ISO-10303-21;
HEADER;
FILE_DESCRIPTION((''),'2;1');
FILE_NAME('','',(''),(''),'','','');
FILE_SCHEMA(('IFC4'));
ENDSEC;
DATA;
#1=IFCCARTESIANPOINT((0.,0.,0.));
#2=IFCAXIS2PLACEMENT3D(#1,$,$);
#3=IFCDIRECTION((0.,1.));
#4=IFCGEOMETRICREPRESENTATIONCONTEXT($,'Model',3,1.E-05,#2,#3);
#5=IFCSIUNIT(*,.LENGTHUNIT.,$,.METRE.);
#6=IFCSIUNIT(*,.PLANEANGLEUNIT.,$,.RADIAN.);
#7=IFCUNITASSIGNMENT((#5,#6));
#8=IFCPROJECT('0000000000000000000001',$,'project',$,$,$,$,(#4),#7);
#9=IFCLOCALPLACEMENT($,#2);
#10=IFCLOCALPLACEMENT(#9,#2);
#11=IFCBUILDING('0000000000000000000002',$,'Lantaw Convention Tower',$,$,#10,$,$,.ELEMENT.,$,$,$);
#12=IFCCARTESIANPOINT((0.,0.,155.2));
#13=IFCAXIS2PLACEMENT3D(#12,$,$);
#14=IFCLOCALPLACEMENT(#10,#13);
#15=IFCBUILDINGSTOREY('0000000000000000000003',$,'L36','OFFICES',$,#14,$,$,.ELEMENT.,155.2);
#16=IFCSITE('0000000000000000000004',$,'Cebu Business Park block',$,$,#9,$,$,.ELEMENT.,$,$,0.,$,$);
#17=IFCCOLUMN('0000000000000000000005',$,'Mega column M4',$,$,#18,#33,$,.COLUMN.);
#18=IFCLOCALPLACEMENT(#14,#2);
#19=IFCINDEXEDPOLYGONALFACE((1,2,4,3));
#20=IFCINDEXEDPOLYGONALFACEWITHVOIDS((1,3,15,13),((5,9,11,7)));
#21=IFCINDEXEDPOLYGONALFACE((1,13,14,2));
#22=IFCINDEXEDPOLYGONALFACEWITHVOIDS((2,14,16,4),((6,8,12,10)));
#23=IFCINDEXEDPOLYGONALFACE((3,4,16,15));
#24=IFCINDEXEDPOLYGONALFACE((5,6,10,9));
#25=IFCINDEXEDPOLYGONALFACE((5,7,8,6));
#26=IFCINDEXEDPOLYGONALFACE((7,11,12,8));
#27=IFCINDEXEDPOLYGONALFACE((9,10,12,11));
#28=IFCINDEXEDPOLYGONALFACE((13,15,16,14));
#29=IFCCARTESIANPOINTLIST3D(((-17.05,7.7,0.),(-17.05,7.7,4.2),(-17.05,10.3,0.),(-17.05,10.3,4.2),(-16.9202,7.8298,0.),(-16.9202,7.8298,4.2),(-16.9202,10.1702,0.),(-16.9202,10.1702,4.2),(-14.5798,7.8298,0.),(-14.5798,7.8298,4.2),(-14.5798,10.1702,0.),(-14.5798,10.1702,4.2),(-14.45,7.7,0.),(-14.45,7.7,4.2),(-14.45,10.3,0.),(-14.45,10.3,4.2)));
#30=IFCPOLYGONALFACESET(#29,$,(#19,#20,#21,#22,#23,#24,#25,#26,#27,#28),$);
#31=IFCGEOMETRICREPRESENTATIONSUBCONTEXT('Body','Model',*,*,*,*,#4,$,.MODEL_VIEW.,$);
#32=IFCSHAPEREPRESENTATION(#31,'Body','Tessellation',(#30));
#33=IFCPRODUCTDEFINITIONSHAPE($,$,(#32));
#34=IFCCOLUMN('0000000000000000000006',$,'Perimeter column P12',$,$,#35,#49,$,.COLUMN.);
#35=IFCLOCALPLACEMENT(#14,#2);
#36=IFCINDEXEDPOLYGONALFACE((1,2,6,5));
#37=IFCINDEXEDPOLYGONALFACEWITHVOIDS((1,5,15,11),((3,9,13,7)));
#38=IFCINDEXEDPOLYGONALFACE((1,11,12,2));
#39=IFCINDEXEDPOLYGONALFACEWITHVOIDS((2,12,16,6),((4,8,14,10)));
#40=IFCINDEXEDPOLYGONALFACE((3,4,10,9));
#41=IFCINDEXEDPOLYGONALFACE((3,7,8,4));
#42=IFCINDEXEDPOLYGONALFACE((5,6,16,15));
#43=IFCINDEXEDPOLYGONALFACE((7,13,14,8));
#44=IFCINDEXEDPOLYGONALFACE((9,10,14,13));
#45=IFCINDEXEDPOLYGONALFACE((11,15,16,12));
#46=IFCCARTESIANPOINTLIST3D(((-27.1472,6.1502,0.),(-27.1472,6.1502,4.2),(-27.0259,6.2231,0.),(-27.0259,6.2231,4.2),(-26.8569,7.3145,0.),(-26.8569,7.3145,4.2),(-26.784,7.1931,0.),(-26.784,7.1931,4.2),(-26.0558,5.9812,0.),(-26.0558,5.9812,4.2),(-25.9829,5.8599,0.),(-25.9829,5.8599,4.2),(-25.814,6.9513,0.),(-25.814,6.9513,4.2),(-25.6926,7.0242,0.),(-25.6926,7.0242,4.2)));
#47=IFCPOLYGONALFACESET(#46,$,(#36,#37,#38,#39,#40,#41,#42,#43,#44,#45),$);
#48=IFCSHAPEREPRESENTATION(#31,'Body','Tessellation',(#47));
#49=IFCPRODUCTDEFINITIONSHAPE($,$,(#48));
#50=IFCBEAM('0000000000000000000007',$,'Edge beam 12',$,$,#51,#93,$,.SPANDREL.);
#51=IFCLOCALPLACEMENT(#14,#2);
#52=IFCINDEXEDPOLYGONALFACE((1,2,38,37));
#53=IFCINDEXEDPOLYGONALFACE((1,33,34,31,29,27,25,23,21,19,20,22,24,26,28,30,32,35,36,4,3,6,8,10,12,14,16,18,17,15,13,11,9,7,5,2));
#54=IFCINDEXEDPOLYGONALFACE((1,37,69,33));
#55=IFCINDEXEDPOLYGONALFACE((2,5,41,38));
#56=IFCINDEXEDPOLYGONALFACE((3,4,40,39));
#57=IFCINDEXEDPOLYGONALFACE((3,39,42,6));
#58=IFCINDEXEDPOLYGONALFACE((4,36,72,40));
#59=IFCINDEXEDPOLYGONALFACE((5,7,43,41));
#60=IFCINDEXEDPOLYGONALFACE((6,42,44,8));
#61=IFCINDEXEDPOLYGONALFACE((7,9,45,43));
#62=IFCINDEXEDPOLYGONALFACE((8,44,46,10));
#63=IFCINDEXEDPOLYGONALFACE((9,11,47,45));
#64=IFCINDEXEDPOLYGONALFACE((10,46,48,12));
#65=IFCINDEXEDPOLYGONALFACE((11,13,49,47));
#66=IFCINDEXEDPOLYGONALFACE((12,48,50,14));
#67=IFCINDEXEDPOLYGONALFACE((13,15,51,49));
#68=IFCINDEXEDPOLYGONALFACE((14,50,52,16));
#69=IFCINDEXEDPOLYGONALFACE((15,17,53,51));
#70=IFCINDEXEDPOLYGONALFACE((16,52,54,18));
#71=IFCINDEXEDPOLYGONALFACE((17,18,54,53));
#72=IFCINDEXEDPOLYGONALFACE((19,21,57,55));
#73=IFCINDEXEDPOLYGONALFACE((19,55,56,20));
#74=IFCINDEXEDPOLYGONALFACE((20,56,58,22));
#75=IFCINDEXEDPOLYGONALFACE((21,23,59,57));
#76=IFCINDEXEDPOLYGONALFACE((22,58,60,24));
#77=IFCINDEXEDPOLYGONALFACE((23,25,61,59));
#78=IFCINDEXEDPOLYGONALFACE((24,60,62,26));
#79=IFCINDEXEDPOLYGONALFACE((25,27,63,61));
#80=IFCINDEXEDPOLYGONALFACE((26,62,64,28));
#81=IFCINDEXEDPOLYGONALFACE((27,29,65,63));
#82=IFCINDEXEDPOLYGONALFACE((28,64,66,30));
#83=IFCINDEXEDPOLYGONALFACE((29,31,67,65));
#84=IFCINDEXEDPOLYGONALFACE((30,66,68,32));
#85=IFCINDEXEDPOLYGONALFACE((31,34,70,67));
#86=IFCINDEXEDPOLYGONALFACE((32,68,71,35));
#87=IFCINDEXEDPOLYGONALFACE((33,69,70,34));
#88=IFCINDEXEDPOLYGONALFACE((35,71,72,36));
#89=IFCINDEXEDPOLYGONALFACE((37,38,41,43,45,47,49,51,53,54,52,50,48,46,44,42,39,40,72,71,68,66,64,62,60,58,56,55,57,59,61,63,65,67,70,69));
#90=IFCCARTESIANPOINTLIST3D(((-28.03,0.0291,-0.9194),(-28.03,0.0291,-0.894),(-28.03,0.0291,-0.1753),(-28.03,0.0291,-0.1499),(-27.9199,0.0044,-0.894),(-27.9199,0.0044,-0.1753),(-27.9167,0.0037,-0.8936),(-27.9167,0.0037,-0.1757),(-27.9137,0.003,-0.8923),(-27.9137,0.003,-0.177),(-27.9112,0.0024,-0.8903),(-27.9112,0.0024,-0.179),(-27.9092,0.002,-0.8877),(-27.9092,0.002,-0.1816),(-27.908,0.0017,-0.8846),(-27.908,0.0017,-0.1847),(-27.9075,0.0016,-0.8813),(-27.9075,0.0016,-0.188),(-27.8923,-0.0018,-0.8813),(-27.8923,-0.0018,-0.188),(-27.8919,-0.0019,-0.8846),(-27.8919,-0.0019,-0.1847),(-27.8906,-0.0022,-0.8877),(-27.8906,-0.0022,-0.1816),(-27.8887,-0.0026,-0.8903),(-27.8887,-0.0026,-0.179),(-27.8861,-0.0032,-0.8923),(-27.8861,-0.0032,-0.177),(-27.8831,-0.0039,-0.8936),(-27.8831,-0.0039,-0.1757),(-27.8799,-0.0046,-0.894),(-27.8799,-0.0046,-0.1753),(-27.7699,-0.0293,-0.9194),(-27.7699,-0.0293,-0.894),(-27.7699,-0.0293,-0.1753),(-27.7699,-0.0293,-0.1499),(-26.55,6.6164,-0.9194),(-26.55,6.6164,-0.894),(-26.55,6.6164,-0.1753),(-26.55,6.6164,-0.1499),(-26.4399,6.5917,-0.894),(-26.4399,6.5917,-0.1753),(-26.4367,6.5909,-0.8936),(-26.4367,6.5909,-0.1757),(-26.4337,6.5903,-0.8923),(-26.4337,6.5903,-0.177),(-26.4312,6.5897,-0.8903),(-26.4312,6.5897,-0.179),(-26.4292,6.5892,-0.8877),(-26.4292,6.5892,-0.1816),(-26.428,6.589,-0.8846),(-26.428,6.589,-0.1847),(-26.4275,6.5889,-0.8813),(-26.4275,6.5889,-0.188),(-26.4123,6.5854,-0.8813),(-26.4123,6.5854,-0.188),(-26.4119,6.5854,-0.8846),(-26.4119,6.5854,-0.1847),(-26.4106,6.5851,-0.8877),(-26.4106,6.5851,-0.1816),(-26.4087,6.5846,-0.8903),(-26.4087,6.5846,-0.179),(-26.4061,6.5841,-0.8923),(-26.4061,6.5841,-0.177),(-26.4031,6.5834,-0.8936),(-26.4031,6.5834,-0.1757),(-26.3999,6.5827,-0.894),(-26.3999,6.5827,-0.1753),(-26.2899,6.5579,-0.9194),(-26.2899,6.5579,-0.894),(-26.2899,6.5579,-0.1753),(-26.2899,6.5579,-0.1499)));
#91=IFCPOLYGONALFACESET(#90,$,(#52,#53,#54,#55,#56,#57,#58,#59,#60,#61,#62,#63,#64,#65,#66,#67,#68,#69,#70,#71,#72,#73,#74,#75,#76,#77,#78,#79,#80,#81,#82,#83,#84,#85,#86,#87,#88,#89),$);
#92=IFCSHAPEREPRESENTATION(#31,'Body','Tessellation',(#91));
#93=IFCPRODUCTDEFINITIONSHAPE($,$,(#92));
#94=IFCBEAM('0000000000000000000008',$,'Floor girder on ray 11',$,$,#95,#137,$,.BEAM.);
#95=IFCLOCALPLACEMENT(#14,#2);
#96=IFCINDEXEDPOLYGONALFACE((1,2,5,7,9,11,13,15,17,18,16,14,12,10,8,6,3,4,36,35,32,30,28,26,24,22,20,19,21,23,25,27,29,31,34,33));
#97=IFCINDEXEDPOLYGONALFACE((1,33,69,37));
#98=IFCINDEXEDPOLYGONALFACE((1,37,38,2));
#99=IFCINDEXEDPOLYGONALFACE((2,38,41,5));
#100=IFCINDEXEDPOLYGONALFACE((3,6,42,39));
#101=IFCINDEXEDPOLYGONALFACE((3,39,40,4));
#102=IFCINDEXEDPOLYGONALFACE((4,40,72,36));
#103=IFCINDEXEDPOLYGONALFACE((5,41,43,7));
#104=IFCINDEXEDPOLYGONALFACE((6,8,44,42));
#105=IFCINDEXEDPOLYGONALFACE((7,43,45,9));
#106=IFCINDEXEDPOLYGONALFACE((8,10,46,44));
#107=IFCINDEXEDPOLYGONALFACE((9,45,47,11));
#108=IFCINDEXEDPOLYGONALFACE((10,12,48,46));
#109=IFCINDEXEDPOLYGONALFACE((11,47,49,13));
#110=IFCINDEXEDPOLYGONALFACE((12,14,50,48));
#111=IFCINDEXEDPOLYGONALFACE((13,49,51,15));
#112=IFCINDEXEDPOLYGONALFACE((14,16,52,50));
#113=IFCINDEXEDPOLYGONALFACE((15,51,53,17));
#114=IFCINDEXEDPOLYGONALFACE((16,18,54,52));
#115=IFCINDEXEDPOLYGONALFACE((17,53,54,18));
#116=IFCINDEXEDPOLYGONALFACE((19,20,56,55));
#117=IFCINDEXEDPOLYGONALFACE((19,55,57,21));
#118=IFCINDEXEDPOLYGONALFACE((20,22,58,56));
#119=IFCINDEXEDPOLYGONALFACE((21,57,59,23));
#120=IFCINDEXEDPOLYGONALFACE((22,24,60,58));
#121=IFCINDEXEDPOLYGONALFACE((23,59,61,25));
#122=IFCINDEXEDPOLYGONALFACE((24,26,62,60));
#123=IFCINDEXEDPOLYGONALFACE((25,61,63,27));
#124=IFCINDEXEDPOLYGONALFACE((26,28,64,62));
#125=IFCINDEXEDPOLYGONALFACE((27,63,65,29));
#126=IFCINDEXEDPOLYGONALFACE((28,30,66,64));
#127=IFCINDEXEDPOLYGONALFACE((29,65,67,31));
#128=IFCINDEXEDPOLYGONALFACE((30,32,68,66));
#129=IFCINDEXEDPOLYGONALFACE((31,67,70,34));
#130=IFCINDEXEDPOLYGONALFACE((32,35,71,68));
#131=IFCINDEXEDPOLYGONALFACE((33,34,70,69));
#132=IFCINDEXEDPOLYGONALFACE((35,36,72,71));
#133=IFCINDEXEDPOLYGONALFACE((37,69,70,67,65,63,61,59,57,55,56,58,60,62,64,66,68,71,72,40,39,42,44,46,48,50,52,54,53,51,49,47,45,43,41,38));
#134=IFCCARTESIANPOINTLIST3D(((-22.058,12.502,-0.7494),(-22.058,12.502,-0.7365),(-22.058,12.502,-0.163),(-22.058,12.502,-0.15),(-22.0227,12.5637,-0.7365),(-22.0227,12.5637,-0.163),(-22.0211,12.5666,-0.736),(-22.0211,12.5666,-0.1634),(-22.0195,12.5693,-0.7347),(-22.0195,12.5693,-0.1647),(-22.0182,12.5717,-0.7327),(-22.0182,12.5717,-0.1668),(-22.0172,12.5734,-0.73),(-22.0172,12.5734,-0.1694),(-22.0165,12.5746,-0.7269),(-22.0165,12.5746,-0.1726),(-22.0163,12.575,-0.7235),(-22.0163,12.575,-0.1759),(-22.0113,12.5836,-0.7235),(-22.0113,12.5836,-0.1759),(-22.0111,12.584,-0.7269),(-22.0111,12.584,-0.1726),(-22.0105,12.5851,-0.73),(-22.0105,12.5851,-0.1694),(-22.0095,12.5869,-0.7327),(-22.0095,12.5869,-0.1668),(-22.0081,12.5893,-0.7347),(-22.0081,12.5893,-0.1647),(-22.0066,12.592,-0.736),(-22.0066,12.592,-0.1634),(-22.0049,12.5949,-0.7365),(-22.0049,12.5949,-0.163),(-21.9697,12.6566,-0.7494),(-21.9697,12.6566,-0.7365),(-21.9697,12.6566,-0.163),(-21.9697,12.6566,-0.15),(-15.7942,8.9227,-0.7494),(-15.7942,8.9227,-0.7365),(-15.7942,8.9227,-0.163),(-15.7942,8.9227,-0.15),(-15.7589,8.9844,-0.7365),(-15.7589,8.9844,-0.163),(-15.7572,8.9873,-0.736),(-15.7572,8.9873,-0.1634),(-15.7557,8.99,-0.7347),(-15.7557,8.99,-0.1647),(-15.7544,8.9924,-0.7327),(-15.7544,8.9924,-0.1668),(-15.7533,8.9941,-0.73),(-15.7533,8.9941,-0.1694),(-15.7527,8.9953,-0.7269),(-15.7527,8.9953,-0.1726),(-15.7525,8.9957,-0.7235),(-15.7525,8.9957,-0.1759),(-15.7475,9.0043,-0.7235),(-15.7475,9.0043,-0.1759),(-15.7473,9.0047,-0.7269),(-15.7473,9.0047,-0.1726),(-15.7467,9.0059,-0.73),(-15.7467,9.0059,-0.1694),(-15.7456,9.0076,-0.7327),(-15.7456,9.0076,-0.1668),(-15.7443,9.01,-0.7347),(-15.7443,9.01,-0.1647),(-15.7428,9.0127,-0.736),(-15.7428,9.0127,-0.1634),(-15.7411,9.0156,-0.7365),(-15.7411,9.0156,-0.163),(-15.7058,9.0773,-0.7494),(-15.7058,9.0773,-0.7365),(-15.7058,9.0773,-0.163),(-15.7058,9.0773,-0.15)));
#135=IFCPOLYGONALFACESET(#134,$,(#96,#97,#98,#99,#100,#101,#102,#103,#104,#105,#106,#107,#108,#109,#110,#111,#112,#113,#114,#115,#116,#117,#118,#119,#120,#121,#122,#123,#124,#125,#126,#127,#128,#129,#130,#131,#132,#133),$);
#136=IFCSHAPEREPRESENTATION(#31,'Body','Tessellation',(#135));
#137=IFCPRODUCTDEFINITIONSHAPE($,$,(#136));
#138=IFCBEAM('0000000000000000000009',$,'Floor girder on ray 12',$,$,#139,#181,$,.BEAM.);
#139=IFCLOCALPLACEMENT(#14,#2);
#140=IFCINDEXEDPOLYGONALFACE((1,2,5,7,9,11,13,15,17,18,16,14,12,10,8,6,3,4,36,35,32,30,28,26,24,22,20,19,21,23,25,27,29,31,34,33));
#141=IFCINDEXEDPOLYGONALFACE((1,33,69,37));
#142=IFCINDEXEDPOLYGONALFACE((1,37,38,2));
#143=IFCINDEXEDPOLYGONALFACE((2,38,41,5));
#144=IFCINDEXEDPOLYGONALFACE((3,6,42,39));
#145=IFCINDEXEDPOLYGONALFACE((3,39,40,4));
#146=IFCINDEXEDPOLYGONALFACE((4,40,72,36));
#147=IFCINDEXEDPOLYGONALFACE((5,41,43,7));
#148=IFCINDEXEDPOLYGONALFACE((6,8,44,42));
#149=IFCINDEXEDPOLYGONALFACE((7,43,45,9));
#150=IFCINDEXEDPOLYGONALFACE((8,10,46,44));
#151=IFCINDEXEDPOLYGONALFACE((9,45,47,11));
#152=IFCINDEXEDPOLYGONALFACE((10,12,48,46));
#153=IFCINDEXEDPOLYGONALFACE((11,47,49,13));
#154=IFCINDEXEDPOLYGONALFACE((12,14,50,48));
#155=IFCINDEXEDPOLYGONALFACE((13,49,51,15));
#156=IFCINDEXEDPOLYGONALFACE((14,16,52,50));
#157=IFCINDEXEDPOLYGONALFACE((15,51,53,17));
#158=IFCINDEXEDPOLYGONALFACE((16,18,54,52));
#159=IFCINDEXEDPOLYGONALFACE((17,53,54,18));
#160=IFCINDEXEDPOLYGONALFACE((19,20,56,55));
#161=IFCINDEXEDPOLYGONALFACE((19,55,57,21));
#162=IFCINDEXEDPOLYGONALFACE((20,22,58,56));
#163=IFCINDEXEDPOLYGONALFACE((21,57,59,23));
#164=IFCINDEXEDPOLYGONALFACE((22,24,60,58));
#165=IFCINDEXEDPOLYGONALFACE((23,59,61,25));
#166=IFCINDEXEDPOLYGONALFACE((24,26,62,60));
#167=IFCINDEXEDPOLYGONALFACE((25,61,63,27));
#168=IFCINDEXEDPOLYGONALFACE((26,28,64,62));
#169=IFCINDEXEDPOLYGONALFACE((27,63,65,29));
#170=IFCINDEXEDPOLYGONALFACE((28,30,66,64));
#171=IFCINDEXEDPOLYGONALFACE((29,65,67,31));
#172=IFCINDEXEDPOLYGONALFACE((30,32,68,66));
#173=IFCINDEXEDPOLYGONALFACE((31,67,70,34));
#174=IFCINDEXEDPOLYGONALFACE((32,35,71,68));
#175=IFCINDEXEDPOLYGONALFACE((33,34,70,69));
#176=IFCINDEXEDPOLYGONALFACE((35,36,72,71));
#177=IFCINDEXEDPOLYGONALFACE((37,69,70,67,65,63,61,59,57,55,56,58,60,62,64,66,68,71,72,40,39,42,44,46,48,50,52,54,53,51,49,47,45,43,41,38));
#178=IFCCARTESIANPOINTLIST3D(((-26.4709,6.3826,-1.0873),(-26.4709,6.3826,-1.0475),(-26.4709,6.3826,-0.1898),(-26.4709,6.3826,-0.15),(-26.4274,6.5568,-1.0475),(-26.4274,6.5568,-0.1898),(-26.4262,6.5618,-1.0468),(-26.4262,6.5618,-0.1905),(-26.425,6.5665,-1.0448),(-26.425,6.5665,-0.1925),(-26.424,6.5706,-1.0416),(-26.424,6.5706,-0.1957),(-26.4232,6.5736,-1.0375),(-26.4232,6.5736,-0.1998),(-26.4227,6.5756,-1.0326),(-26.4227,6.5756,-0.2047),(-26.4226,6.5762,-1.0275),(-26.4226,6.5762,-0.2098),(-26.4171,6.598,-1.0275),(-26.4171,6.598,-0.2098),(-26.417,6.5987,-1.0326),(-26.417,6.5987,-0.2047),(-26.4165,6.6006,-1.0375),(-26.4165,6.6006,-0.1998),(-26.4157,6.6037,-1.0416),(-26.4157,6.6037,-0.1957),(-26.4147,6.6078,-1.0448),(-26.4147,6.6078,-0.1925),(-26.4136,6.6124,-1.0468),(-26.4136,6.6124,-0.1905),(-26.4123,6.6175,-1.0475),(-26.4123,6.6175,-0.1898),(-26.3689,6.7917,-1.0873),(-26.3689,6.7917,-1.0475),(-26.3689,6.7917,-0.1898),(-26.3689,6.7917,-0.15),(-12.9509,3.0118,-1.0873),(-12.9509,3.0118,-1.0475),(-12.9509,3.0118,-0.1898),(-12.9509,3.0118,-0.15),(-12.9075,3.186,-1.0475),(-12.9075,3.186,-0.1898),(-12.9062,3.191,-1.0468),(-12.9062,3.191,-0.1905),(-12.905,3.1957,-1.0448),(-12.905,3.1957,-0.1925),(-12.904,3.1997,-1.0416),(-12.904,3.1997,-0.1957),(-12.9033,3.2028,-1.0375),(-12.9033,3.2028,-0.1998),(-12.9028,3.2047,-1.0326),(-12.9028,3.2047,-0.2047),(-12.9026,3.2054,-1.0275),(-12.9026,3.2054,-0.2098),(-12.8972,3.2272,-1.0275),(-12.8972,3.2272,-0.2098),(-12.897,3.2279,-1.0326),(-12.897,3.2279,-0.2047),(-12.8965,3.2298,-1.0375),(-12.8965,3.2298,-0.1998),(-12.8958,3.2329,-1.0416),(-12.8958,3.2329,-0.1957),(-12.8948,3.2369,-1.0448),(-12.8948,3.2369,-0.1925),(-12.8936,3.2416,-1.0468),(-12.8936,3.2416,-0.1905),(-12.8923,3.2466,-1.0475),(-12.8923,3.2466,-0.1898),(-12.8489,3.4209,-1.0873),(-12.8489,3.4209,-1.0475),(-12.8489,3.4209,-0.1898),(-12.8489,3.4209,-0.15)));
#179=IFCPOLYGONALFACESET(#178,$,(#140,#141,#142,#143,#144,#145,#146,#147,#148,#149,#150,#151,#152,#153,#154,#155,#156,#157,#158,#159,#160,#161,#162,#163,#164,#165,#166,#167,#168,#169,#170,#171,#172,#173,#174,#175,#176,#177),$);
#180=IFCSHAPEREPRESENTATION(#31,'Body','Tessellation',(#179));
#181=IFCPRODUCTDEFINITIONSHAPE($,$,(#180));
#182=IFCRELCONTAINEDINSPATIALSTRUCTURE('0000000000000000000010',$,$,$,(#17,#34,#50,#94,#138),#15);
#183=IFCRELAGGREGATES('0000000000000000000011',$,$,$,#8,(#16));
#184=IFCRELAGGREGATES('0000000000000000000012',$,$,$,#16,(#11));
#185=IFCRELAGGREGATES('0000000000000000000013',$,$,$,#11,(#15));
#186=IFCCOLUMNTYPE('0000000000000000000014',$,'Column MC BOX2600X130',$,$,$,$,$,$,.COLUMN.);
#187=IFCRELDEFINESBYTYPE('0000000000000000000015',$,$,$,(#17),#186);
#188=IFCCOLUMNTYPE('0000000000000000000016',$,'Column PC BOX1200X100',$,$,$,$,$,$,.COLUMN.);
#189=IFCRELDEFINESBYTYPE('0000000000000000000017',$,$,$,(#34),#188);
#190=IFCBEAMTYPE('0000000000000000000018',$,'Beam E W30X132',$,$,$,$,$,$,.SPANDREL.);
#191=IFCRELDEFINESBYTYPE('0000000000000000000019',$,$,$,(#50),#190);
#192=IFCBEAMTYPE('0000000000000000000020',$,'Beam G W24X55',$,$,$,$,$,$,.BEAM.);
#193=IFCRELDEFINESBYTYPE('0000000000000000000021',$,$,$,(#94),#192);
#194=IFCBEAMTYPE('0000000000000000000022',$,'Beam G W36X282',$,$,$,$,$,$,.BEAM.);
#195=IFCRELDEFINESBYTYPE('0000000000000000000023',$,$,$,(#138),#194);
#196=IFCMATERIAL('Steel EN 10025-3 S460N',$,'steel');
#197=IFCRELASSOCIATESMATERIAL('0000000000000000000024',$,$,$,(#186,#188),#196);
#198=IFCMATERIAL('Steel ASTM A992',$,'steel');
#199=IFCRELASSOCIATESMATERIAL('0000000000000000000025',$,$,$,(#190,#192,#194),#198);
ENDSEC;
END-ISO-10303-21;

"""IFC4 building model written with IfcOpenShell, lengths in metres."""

from ifc_helpers import new_model, si_unit, direction, frame, origin, origin_2d, place, context, subcontext, project, spatial, rectangle, hollow_rectangle, i_section, extrude, material, material_profile, profile_set, type_object, element, save


model = new_model("IFC4")

# Units and contexts
model_context = context("Model", 3, precision=1e-05, world=origin(), true_north=direction((0.0, 1.0)))
body_context = subcontext(model_context, "Body", "Model", "MODEL_VIEW")
ifc_project = project(units=[si_unit("LENGTHUNIT", "METRE"), si_unit("PLANEANGLEUNIT", "RADIAN")], contexts=[model_context])

# Site, building, storey
site_placement = place(None, origin())
site = spatial("IfcSite", under=ifc_project, at=site_placement, Name="Cebu Business Park block", CompositionType="ELEMENT", RefElevation=0.0)
building_placement = place(site_placement, origin())
building = spatial("IfcBuilding", under=site, at=building_placement, Name="Lantaw Convention Tower", CompositionType="ELEMENT")
storey_placement = place(building_placement, frame((0.0, 0.0, 155.2)))
storey = spatial("IfcBuildingStorey", under=building, at=storey_placement, Name="L36", Description="OFFICES", CompositionType="ELEMENT", Elevation=155.2)

# Columns
ifc_material_1 = material(Name="Steel EN 10025-3 S460N", Category="steel")
ifc_material_profile_1 = material_profile(ifc_material_1, hollow_rectangle(XDim=2.6001, YDim=2.6001, WallThickness=0.1299, at=origin_2d()), Name="BOX2600X130")
ifc_material_2 = material(Name="Concrete C60/75", Category="concrete")
ifc_material_profile_2 = material_profile(ifc_material_2, rectangle(XDim=2.3401, YDim=2.3401, at=origin_2d()), Name="Concrete fill of BOX2600X130")
ifc_profile_set_1 = profile_set([ifc_material_profile_1, ifc_material_profile_2], Name="Steel EN 10025-3 S460N")
column_type_1 = type_object("IfcColumnType", Name="Column MC BOX2600X130", PredefinedType="COLUMN", material=ifc_profile_set_1)
column_1_placement = place(storey_placement, frame((-15.75, 9.0, 0.0), z_axis=(0.0, 0.0, 1.0), x_axis=(1.0, 0.0, 0.0)))
element("IfcColumn", 1, at=column_1_placement, inside=storey, type_object=column_type_1, Name="Mega column M4", PredefinedType="COLUMN", context=body_context, shape_type="SweptSolid", body=[
    extrude(hollow_rectangle(XDim=2.6001, YDim=2.6001, WallThickness=0.1299, at=origin_2d()), origin(), (0.0, 0.0, 1.0), 4.2),
])
ifc_material_profile_3 = material_profile(ifc_material_1, hollow_rectangle(XDim=1.2, YDim=1.2, WallThickness=0.1001, at=origin_2d()), Name="BOX1200X100")
ifc_material_profile_4 = material_profile(ifc_material_2, rectangle(XDim=1.0, YDim=1.0, at=origin_2d()), Name="Concrete fill of BOX1200X100")
ifc_profile_set_2 = profile_set([ifc_material_profile_3, ifc_material_profile_4], Name="Steel EN 10025-3 S460N")
column_type_2 = type_object("IfcColumnType", Name="Column PC BOX1200X100", PredefinedType="COLUMN", material=ifc_profile_set_2)
column_2_placement = place(storey_placement, frame((-26.4199, 6.5872, 0.0), z_axis=(0.0, 0.0, 1.0), x_axis=(0.241922, 0.970296, 0.0)))
element("IfcColumn", 2, at=column_2_placement, inside=storey, type_object=column_type_2, Name="Perimeter column P12", PredefinedType="COLUMN", context=body_context, shape_type="SweptSolid", body=[
    extrude(hollow_rectangle(XDim=1.2, YDim=1.2, WallThickness=0.1001, at=origin_2d()), origin(), (0.0, 0.0, 1.0), 4.2),
])

# Beams
ifc_material_3 = material(Name="Steel ASTM A992", Category="steel")
ifc_material_profile_5 = material_profile(ifc_material_3, i_section(OverallWidth=0.2666, OverallDepth=0.7695, WebThickness=0.0156, FlangeThickness=0.0254, FilletRadius=0.0127, at=origin_2d()), Name="W30X132")
ifc_profile_set_3 = profile_set([ifc_material_profile_5], Name="Steel ASTM A992")
beam_type_1 = type_object("IfcBeamType", Name="Beam E W30X132", PredefinedType="SPANDREL", material=ifc_profile_set_3)
beam_1_placement = place(storey_placement, frame((-26.4199, 6.5872, -0.5347), z_axis=(-0.219212, -0.975677, 0.0), x_axis=(0.975677, -0.219212, 0.0)))
element("IfcBeam", 3, at=beam_1_placement, inside=storey, type_object=beam_type_1, Name="Edge beam 12", PredefinedType="SPANDREL", context=body_context, shape_type="SweptSolid", body=[
    extrude(i_section(OverallWidth=0.2666, OverallDepth=0.7695, WebThickness=0.0156, FlangeThickness=0.0254, FilletRadius=0.0127, at=origin_2d()), origin(), (0.0, 0.0, 1.0), 6.7515),
])
ifc_material_profile_6 = material_profile(ifc_material_3, i_section(OverallWidth=0.178, OverallDepth=0.5994, WebThickness=0.01, FlangeThickness=0.0129, FilletRadius=0.0129, at=origin_2d()), Name="W24X55")
ifc_profile_set_4 = profile_set([ifc_material_profile_6], Name="Steel ASTM A992")
beam_type_2 = type_object("IfcBeamType", Name="Beam G W24X55", PredefinedType="BEAM", material=ifc_profile_set_4)
beam_2_placement = place(storey_placement, frame((-15.75, 9.0, -0.4497), z_axis=(-0.868245, 0.496135, 0.0), x_axis=(-0.496135, -0.868245, 0.0)))
element("IfcBeam", 4, at=beam_2_placement, inside=storey, type_object=beam_type_2, Name="Floor girder on ray 11", PredefinedType="BEAM", context=body_context, shape_type="SweptSolid", body=[
    extrude(i_section(OverallWidth=0.178, OverallDepth=0.5994, WebThickness=0.01, FlangeThickness=0.0129, FilletRadius=0.0129, at=origin_2d()), origin(), (0.0, 0.0, 1.0), 7.2144),
])
ifc_material_profile_7 = material_profile(ifc_material_3, i_section(OverallWidth=0.4216, OverallDepth=0.9373, WebThickness=0.0225, FlangeThickness=0.0398, FilletRadius=0.02, at=origin_2d()), Name="W36X282")
ifc_profile_set_5 = profile_set([ifc_material_profile_7], Name="Steel ASTM A992")
beam_type_3 = type_object("IfcBeamType", Name="Beam G W36X282", PredefinedType="BEAM", material=ifc_profile_set_5)
beam_3_placement = place(storey_placement, frame((-12.8999, 3.2163, -0.6187), z_axis=(-0.970297, 0.241917, 0.0), x_axis=(-0.241917, -0.970297, 0.0)))
element("IfcBeam", 5, at=beam_3_placement, inside=storey, type_object=beam_type_3, Name="Floor girder on ray 12", PredefinedType="BEAM", context=body_context, shape_type="SweptSolid", body=[
    extrude(i_section(OverallWidth=0.4216, OverallDepth=0.9373, WebThickness=0.0225, FlangeThickness=0.0398, FilletRadius=0.02, at=origin_2d()), origin(), (0.0, 0.0, 1.0), 13.9338),
])

save(model, "model.ifc")
